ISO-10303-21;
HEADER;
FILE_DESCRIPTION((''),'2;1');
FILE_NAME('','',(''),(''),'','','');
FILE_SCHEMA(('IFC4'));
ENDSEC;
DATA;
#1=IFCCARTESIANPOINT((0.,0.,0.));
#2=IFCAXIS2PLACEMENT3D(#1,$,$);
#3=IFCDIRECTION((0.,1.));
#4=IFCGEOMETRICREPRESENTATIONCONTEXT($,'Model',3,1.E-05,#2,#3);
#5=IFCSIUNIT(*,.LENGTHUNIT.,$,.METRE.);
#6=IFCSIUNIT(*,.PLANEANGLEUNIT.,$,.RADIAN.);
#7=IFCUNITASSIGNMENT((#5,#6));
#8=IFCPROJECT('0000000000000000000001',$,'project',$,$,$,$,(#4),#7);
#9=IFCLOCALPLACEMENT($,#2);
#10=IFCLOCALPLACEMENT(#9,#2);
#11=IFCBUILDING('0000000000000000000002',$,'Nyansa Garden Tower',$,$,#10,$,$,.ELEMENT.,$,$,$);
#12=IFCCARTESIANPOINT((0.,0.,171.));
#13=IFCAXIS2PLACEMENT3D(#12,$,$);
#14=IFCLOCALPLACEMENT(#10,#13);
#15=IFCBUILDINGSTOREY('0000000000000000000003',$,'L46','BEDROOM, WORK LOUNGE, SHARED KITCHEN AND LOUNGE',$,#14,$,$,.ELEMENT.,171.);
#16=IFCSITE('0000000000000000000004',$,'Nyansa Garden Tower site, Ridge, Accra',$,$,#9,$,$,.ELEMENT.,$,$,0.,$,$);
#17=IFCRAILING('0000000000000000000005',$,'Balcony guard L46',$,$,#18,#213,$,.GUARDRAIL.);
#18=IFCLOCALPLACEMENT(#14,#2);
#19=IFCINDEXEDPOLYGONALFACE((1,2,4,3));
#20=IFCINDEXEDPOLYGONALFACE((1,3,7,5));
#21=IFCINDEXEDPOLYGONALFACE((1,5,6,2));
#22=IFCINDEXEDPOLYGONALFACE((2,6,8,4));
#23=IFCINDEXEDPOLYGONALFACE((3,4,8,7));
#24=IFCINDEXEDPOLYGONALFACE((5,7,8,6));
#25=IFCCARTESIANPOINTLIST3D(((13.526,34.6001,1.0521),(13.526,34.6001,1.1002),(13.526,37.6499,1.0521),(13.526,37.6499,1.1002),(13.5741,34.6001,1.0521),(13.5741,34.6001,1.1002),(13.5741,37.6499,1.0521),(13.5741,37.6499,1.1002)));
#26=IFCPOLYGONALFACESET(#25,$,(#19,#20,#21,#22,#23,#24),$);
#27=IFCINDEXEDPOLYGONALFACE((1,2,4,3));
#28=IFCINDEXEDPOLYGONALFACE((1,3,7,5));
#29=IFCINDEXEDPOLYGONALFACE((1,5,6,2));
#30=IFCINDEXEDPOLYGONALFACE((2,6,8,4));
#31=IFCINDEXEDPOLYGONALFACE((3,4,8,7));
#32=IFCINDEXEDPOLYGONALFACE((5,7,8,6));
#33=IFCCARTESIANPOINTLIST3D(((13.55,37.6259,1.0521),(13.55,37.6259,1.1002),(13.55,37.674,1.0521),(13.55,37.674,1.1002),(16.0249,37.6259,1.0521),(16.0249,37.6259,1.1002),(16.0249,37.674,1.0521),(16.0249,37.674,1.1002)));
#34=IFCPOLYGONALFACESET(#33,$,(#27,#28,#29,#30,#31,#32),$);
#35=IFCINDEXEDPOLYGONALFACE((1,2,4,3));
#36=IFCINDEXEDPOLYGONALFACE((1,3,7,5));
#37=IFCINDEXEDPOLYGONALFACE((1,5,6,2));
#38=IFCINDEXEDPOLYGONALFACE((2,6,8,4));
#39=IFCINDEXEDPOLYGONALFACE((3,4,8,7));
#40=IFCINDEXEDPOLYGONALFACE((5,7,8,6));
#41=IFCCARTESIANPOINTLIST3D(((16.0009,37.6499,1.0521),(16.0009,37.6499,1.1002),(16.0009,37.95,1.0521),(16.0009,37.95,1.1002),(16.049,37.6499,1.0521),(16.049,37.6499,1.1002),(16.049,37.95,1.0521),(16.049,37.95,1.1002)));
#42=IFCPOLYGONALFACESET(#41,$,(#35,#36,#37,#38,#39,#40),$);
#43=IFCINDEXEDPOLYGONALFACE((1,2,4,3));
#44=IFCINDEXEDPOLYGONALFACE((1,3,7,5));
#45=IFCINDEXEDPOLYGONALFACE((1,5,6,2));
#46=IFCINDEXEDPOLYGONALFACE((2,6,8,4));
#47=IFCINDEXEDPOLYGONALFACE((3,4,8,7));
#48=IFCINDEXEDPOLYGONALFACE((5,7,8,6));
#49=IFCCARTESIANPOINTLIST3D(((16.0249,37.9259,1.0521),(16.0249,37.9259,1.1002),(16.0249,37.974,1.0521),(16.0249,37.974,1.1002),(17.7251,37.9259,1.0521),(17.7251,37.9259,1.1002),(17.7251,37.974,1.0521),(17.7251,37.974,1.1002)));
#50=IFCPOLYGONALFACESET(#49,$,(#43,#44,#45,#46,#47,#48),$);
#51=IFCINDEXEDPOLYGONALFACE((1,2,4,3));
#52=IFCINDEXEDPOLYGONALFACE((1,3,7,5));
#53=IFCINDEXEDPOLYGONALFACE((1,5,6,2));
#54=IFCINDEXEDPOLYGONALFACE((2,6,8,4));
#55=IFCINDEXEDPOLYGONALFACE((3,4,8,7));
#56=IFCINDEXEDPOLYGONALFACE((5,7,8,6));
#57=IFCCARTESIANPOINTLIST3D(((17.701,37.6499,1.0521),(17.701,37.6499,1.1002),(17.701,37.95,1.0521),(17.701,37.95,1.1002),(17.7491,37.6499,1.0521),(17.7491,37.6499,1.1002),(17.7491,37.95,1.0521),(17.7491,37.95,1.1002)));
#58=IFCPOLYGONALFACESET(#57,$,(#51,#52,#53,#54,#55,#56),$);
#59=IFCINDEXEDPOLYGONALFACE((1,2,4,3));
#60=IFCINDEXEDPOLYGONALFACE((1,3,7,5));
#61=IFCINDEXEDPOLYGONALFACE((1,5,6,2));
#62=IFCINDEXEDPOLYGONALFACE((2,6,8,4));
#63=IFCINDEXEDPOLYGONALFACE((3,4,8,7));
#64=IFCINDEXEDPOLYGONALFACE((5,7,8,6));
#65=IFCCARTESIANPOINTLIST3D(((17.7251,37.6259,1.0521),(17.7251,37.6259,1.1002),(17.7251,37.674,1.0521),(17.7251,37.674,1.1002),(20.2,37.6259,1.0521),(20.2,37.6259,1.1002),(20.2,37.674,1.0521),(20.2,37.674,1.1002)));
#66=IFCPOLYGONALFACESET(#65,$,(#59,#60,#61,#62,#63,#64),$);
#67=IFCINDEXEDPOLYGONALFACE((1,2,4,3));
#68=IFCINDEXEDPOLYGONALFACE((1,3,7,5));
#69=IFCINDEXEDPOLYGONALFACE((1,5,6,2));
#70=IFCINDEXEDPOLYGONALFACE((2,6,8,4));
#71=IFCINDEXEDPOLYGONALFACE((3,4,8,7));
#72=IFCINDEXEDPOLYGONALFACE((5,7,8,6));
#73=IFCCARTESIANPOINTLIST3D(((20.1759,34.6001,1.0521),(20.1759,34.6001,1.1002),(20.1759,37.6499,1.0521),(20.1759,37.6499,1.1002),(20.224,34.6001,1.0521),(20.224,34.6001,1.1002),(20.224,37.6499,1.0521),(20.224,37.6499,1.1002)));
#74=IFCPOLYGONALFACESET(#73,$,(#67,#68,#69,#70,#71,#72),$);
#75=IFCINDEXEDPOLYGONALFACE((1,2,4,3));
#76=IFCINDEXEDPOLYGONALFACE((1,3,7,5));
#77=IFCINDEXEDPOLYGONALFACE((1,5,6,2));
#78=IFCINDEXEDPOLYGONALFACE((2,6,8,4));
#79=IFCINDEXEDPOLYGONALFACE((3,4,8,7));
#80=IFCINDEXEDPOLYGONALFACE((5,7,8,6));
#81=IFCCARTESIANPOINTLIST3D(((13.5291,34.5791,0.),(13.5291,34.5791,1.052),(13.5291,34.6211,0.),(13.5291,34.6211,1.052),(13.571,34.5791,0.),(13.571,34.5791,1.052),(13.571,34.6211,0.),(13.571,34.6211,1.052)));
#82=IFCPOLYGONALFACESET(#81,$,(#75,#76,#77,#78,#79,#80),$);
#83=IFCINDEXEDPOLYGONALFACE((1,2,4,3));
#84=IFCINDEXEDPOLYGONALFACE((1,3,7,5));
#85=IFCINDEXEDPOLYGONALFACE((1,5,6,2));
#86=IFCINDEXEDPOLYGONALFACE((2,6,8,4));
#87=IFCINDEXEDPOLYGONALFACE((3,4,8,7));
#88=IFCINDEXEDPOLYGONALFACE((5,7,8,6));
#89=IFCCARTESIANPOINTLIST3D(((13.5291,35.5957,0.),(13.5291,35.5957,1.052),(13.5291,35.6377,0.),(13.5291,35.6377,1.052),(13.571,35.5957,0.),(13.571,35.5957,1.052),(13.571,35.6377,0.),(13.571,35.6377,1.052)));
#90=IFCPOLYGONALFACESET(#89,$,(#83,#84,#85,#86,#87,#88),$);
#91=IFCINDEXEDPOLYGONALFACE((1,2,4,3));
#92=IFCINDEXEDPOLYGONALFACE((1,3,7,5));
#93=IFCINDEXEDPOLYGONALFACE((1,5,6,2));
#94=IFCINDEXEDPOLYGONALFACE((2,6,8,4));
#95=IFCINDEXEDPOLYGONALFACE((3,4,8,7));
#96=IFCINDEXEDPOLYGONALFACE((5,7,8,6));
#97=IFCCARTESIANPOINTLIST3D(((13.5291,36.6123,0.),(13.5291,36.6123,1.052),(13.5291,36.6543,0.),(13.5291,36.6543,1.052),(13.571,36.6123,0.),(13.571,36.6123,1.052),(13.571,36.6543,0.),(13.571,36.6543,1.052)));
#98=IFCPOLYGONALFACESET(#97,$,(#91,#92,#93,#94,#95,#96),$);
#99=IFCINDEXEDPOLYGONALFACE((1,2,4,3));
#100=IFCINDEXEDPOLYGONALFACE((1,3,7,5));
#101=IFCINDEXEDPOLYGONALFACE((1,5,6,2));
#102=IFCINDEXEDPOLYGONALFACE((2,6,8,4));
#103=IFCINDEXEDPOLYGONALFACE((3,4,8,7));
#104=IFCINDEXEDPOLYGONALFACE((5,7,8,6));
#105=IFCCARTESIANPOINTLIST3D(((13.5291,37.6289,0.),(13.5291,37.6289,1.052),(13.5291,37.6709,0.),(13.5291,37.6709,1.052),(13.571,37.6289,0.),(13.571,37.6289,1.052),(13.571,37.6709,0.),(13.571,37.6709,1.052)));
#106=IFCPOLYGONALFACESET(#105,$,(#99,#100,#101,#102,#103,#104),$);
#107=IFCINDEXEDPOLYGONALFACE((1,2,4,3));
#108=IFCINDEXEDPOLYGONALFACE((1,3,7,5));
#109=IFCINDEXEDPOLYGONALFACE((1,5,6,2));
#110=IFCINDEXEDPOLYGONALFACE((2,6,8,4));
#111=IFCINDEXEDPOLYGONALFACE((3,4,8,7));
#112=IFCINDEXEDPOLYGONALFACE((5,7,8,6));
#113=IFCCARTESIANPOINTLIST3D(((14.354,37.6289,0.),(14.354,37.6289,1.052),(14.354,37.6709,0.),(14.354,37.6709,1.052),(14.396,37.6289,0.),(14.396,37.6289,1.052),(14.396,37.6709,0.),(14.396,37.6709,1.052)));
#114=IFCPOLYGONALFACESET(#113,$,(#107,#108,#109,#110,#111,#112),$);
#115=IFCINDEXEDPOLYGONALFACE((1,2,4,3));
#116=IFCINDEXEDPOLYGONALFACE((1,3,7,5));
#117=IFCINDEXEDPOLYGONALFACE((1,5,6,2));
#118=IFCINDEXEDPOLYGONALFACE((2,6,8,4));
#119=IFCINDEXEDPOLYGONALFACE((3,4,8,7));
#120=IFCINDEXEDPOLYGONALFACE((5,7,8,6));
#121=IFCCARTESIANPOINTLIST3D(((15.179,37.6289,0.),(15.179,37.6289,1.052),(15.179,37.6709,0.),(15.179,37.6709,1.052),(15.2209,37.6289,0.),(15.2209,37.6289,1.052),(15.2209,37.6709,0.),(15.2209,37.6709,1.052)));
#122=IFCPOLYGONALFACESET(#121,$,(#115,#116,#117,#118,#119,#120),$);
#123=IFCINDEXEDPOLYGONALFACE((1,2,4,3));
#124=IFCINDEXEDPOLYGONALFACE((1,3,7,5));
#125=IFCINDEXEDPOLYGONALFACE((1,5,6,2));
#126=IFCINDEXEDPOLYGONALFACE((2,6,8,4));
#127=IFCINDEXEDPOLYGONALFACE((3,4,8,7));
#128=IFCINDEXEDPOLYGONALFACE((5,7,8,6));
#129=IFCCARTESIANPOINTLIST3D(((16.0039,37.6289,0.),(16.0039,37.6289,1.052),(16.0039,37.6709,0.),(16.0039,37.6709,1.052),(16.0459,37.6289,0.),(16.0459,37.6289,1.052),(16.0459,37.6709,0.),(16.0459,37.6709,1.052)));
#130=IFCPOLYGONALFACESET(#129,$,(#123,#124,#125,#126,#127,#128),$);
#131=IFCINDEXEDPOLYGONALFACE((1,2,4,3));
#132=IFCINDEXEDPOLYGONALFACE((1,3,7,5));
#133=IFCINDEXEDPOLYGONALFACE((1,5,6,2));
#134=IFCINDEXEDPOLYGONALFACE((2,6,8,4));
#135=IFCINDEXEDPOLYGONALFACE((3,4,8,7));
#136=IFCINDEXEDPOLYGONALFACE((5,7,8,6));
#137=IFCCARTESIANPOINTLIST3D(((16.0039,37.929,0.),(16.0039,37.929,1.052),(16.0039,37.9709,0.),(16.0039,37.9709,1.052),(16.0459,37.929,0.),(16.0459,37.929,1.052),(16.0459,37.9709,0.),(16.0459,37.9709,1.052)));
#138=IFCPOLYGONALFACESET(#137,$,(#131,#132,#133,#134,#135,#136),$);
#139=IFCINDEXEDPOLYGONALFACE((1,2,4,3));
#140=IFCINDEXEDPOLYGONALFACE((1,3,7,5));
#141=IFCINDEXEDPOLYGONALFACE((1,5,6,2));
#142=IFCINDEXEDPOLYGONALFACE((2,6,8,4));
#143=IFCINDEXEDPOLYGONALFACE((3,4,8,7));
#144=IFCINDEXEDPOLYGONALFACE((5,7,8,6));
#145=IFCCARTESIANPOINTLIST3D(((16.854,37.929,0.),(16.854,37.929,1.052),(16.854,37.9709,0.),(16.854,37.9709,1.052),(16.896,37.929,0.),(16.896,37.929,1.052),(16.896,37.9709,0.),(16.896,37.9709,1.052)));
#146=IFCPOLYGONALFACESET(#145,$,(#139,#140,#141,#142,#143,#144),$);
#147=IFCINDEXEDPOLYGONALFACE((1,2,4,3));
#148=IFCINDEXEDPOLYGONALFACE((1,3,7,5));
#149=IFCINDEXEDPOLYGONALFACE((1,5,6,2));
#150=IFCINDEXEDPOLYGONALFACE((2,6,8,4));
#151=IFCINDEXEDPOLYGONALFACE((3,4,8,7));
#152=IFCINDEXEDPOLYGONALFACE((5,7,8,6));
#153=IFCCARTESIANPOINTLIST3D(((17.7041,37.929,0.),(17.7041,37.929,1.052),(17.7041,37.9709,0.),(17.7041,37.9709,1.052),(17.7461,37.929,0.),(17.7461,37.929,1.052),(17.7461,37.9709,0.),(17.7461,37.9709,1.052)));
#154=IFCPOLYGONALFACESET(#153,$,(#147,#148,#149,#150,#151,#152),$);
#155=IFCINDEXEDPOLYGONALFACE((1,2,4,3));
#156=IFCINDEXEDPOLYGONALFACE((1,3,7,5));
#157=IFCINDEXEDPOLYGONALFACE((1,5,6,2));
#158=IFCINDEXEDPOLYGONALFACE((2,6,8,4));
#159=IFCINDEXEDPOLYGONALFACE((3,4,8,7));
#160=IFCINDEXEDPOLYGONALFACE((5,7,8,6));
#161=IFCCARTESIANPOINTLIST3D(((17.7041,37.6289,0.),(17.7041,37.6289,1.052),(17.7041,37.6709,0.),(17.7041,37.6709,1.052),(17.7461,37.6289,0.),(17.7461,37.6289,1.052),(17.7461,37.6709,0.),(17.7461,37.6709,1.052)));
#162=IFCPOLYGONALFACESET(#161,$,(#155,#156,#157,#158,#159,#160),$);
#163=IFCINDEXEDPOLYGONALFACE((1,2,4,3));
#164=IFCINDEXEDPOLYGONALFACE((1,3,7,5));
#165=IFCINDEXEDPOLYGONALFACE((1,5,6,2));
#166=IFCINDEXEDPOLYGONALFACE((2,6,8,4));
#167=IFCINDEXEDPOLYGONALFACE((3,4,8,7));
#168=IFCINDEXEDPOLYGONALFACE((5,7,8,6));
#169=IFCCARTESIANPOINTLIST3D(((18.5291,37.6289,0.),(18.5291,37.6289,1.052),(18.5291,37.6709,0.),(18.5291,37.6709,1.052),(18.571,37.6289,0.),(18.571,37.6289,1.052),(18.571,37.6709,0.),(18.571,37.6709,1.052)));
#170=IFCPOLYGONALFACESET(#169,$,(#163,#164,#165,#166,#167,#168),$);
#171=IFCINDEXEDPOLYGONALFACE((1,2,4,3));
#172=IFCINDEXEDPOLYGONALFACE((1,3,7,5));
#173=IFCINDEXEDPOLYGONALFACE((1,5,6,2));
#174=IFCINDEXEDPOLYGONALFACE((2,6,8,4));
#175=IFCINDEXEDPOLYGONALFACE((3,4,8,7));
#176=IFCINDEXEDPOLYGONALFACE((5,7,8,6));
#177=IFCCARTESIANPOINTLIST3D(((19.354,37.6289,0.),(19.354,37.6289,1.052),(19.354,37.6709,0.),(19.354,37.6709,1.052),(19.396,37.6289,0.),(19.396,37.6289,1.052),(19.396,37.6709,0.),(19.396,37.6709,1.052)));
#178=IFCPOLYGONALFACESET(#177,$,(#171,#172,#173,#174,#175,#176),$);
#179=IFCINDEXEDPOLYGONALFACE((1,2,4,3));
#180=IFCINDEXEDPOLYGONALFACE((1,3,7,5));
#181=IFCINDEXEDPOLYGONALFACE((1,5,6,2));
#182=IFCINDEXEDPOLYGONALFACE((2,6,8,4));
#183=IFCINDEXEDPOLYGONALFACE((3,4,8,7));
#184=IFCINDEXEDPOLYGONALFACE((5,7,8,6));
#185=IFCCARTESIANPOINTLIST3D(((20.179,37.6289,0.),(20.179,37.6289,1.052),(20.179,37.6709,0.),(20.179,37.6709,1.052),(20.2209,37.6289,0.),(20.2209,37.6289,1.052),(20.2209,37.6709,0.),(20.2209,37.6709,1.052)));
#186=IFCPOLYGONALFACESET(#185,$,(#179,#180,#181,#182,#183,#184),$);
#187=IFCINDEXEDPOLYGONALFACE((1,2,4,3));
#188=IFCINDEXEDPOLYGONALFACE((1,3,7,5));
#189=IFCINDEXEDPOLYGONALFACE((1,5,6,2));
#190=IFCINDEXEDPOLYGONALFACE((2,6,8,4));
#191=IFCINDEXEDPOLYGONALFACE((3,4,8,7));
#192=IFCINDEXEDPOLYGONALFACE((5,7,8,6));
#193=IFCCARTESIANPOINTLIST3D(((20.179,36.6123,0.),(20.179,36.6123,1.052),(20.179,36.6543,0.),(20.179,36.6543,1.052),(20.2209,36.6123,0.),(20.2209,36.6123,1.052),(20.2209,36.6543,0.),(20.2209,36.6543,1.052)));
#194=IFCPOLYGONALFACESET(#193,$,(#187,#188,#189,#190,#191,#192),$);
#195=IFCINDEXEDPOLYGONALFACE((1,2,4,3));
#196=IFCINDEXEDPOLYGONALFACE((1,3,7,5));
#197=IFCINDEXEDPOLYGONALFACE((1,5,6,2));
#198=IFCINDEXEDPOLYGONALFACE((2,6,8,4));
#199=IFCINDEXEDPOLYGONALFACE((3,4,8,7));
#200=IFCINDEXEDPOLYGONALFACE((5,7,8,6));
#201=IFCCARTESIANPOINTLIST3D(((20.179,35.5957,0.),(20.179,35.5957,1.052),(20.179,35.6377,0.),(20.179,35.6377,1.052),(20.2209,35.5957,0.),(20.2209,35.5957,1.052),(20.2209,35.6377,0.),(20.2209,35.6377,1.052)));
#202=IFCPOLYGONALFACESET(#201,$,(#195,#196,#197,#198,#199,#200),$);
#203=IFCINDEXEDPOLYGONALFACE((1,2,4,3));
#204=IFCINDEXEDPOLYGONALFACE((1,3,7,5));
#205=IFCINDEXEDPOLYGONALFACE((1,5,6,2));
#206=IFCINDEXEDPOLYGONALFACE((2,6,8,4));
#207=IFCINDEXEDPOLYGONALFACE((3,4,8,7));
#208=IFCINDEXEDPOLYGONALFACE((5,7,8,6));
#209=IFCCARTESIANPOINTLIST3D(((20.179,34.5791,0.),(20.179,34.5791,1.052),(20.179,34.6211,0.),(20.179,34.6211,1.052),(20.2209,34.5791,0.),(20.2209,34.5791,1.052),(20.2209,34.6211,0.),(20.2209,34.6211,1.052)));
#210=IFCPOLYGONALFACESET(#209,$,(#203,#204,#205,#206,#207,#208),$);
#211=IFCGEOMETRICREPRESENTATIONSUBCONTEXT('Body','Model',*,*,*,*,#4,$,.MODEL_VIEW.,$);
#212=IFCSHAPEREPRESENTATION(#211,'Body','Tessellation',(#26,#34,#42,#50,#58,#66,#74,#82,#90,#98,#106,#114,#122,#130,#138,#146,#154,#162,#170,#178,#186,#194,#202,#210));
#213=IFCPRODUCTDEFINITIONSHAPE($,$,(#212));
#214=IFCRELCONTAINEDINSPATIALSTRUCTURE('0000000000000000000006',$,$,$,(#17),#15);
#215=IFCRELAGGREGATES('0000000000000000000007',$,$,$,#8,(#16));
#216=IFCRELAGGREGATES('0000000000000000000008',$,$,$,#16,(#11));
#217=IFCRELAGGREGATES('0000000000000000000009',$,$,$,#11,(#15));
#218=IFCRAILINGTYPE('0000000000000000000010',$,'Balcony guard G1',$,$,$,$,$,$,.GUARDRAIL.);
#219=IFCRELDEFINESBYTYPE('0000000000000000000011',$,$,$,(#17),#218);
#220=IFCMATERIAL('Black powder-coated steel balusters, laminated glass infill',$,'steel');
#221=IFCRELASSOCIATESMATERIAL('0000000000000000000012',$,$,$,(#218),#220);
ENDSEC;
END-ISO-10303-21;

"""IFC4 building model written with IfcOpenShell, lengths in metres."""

from ifc_helpers import new_model, si_unit, direction, frame, origin, origin_2d, place, context, subcontext, project, spatial, rectangle, extrude, material, type_object, element, save


model = new_model("IFC4")

# Units and contexts
model_context = context("Model", 3, precision=1e-05, world=origin(), true_north=direction((0.0, 1.0)))
body_context = subcontext(model_context, "Body", "Model", "MODEL_VIEW")
ifc_project = project(units=[si_unit("LENGTHUNIT", "METRE"), si_unit("PLANEANGLEUNIT", "RADIAN")], contexts=[model_context])

# Site, building, storey
site_placement = place(None, origin())
site = spatial("IfcSite", under=ifc_project, at=site_placement, Name="Nyansa Garden Tower site, Ridge, Accra", CompositionType="ELEMENT", RefElevation=0.0)
building_placement = place(site_placement, origin())
building = spatial("IfcBuilding", under=site, at=building_placement, Name="Nyansa Garden Tower", CompositionType="ELEMENT")
storey_placement = place(building_placement, frame((0.0, 0.0, 171.0)))
storey = spatial("IfcBuildingStorey", under=building, at=storey_placement, Name="L46", Description="BEDROOM, WORK LOUNGE, SHARED KITCHEN AND LOUNGE", CompositionType="ELEMENT", Elevation=171.0)

# Railing
ifc_material_1 = material(Name="Black powder-coated steel balusters, laminated glass infill", Category="steel")
railing_type = type_object("IfcRailingType", Name="Balcony guard G1", PredefinedType="GUARDRAIL", material=ifc_material_1)
railing_placement = place(storey_placement, frame((13.55, 34.6001, 0.0)))
element("IfcRailing", 1, at=railing_placement, inside=storey, type_object=railing_type, Name="Balcony guard L46", PredefinedType="GUARDRAIL", context=body_context, shape_type="SweptSolid", body=[
    extrude(rectangle(XDim=0.0481, YDim=0.0481, at=origin_2d()), frame((0.0, 0.0, 1.0762), z_axis=(0.0, 1.0, 0.0), x_axis=(-1.0, 0.0, 0.0)), (0.0, 0.0, 1.0), 3.0498),
    extrude(rectangle(XDim=0.0481, YDim=0.0481, at=origin_2d()), frame((0.0, 3.0498, 1.0762), z_axis=(1.0, 0.0, 0.0), x_axis=(0.0, 1.0, 0.0)), (0.0, 0.0, 1.0), 2.4749),
    extrude(rectangle(XDim=0.0481, YDim=0.0481, at=origin_2d()), frame((2.4749, 3.0498, 1.0762), z_axis=(0.0, 1.0, 0.0), x_axis=(-1.0, 0.0, 0.0)), (0.0, 0.0, 1.0), 0.3),
    extrude(rectangle(XDim=0.0481, YDim=0.0481, at=origin_2d()), frame((2.4749, 3.3499, 1.0762), z_axis=(1.0, 0.0, 0.0), x_axis=(0.0, 1.0, 0.0)), (0.0, 0.0, 1.0), 1.7002),
    extrude(rectangle(XDim=0.0481, YDim=0.0481, at=origin_2d()), frame((4.175, 3.3499, 1.0762), z_axis=(0.0, -1.0, 0.0), x_axis=(1.0, 0.0, 0.0)), (0.0, 0.0, 1.0), 0.3),
    extrude(rectangle(XDim=0.0481, YDim=0.0481, at=origin_2d()), frame((4.175, 3.0498, 1.0762), z_axis=(1.0, 0.0, 0.0), x_axis=(0.0, 1.0, 0.0)), (0.0, 0.0, 1.0), 2.4749),
    extrude(rectangle(XDim=0.0481, YDim=0.0481, at=origin_2d()), frame((6.6499, 3.0498, 1.0762), z_axis=(0.0, -1.0, 0.0), x_axis=(1.0, 0.0, 0.0)), (0.0, 0.0, 1.0), 3.0498),
    extrude(rectangle(XDim=0.042, YDim=0.042, at=origin_2d()), origin(), (0.0, 0.0, 1.0), 1.052),
    extrude(rectangle(XDim=0.042, YDim=0.042, at=origin_2d()), frame((0.0, 1.0166, 0.0)), (0.0, 0.0, 1.0), 1.052),
    extrude(rectangle(XDim=0.042, YDim=0.042, at=origin_2d()), frame((0.0, 2.0332, 0.0)), (0.0, 0.0, 1.0), 1.052),
    extrude(rectangle(XDim=0.042, YDim=0.042, at=origin_2d()), frame((0.0, 3.0498, 0.0)), (0.0, 0.0, 1.0), 1.052),
    extrude(rectangle(XDim=0.042, YDim=0.042, at=origin_2d()), frame((0.825, 3.0498, 0.0)), (0.0, 0.0, 1.0), 1.052),
    extrude(rectangle(XDim=0.042, YDim=0.042, at=origin_2d()), frame((1.6499, 3.0498, 0.0)), (0.0, 0.0, 1.0), 1.052),
    extrude(rectangle(XDim=0.042, YDim=0.042, at=origin_2d()), frame((2.4749, 3.0498, 0.0)), (0.0, 0.0, 1.0), 1.052),
    extrude(rectangle(XDim=0.042, YDim=0.042, at=origin_2d()), frame((2.4749, 3.3499, 0.0)), (0.0, 0.0, 1.0), 1.052),
    extrude(rectangle(XDim=0.042, YDim=0.042, at=origin_2d()), frame((3.325, 3.3499, 0.0)), (0.0, 0.0, 1.0), 1.052),
    extrude(rectangle(XDim=0.042, YDim=0.042, at=origin_2d()), frame((4.175, 3.3499, 0.0)), (0.0, 0.0, 1.0), 1.052),
    extrude(rectangle(XDim=0.042, YDim=0.042, at=origin_2d()), frame((4.175, 3.0498, 0.0)), (0.0, 0.0, 1.0), 1.052),
    extrude(rectangle(XDim=0.042, YDim=0.042, at=origin_2d()), frame((5.0, 3.0498, 0.0)), (0.0, 0.0, 1.0), 1.052),
    extrude(rectangle(XDim=0.042, YDim=0.042, at=origin_2d()), frame((5.825, 3.0498, 0.0)), (0.0, 0.0, 1.0), 1.052),
    extrude(rectangle(XDim=0.042, YDim=0.042, at=origin_2d()), frame((6.6499, 3.0498, 0.0)), (0.0, 0.0, 1.0), 1.052),
    extrude(rectangle(XDim=0.042, YDim=0.042, at=origin_2d()), frame((6.6499, 2.0332, 0.0)), (0.0, 0.0, 1.0), 1.052),
    extrude(rectangle(XDim=0.042, YDim=0.042, at=origin_2d()), frame((6.6499, 1.0166, 0.0)), (0.0, 0.0, 1.0), 1.052),
    extrude(rectangle(XDim=0.042, YDim=0.042, at=origin_2d()), frame((6.6499, 0.0, 0.0)), (0.0, 0.0, 1.0), 1.052),
])

save(model, "model.ifc")
